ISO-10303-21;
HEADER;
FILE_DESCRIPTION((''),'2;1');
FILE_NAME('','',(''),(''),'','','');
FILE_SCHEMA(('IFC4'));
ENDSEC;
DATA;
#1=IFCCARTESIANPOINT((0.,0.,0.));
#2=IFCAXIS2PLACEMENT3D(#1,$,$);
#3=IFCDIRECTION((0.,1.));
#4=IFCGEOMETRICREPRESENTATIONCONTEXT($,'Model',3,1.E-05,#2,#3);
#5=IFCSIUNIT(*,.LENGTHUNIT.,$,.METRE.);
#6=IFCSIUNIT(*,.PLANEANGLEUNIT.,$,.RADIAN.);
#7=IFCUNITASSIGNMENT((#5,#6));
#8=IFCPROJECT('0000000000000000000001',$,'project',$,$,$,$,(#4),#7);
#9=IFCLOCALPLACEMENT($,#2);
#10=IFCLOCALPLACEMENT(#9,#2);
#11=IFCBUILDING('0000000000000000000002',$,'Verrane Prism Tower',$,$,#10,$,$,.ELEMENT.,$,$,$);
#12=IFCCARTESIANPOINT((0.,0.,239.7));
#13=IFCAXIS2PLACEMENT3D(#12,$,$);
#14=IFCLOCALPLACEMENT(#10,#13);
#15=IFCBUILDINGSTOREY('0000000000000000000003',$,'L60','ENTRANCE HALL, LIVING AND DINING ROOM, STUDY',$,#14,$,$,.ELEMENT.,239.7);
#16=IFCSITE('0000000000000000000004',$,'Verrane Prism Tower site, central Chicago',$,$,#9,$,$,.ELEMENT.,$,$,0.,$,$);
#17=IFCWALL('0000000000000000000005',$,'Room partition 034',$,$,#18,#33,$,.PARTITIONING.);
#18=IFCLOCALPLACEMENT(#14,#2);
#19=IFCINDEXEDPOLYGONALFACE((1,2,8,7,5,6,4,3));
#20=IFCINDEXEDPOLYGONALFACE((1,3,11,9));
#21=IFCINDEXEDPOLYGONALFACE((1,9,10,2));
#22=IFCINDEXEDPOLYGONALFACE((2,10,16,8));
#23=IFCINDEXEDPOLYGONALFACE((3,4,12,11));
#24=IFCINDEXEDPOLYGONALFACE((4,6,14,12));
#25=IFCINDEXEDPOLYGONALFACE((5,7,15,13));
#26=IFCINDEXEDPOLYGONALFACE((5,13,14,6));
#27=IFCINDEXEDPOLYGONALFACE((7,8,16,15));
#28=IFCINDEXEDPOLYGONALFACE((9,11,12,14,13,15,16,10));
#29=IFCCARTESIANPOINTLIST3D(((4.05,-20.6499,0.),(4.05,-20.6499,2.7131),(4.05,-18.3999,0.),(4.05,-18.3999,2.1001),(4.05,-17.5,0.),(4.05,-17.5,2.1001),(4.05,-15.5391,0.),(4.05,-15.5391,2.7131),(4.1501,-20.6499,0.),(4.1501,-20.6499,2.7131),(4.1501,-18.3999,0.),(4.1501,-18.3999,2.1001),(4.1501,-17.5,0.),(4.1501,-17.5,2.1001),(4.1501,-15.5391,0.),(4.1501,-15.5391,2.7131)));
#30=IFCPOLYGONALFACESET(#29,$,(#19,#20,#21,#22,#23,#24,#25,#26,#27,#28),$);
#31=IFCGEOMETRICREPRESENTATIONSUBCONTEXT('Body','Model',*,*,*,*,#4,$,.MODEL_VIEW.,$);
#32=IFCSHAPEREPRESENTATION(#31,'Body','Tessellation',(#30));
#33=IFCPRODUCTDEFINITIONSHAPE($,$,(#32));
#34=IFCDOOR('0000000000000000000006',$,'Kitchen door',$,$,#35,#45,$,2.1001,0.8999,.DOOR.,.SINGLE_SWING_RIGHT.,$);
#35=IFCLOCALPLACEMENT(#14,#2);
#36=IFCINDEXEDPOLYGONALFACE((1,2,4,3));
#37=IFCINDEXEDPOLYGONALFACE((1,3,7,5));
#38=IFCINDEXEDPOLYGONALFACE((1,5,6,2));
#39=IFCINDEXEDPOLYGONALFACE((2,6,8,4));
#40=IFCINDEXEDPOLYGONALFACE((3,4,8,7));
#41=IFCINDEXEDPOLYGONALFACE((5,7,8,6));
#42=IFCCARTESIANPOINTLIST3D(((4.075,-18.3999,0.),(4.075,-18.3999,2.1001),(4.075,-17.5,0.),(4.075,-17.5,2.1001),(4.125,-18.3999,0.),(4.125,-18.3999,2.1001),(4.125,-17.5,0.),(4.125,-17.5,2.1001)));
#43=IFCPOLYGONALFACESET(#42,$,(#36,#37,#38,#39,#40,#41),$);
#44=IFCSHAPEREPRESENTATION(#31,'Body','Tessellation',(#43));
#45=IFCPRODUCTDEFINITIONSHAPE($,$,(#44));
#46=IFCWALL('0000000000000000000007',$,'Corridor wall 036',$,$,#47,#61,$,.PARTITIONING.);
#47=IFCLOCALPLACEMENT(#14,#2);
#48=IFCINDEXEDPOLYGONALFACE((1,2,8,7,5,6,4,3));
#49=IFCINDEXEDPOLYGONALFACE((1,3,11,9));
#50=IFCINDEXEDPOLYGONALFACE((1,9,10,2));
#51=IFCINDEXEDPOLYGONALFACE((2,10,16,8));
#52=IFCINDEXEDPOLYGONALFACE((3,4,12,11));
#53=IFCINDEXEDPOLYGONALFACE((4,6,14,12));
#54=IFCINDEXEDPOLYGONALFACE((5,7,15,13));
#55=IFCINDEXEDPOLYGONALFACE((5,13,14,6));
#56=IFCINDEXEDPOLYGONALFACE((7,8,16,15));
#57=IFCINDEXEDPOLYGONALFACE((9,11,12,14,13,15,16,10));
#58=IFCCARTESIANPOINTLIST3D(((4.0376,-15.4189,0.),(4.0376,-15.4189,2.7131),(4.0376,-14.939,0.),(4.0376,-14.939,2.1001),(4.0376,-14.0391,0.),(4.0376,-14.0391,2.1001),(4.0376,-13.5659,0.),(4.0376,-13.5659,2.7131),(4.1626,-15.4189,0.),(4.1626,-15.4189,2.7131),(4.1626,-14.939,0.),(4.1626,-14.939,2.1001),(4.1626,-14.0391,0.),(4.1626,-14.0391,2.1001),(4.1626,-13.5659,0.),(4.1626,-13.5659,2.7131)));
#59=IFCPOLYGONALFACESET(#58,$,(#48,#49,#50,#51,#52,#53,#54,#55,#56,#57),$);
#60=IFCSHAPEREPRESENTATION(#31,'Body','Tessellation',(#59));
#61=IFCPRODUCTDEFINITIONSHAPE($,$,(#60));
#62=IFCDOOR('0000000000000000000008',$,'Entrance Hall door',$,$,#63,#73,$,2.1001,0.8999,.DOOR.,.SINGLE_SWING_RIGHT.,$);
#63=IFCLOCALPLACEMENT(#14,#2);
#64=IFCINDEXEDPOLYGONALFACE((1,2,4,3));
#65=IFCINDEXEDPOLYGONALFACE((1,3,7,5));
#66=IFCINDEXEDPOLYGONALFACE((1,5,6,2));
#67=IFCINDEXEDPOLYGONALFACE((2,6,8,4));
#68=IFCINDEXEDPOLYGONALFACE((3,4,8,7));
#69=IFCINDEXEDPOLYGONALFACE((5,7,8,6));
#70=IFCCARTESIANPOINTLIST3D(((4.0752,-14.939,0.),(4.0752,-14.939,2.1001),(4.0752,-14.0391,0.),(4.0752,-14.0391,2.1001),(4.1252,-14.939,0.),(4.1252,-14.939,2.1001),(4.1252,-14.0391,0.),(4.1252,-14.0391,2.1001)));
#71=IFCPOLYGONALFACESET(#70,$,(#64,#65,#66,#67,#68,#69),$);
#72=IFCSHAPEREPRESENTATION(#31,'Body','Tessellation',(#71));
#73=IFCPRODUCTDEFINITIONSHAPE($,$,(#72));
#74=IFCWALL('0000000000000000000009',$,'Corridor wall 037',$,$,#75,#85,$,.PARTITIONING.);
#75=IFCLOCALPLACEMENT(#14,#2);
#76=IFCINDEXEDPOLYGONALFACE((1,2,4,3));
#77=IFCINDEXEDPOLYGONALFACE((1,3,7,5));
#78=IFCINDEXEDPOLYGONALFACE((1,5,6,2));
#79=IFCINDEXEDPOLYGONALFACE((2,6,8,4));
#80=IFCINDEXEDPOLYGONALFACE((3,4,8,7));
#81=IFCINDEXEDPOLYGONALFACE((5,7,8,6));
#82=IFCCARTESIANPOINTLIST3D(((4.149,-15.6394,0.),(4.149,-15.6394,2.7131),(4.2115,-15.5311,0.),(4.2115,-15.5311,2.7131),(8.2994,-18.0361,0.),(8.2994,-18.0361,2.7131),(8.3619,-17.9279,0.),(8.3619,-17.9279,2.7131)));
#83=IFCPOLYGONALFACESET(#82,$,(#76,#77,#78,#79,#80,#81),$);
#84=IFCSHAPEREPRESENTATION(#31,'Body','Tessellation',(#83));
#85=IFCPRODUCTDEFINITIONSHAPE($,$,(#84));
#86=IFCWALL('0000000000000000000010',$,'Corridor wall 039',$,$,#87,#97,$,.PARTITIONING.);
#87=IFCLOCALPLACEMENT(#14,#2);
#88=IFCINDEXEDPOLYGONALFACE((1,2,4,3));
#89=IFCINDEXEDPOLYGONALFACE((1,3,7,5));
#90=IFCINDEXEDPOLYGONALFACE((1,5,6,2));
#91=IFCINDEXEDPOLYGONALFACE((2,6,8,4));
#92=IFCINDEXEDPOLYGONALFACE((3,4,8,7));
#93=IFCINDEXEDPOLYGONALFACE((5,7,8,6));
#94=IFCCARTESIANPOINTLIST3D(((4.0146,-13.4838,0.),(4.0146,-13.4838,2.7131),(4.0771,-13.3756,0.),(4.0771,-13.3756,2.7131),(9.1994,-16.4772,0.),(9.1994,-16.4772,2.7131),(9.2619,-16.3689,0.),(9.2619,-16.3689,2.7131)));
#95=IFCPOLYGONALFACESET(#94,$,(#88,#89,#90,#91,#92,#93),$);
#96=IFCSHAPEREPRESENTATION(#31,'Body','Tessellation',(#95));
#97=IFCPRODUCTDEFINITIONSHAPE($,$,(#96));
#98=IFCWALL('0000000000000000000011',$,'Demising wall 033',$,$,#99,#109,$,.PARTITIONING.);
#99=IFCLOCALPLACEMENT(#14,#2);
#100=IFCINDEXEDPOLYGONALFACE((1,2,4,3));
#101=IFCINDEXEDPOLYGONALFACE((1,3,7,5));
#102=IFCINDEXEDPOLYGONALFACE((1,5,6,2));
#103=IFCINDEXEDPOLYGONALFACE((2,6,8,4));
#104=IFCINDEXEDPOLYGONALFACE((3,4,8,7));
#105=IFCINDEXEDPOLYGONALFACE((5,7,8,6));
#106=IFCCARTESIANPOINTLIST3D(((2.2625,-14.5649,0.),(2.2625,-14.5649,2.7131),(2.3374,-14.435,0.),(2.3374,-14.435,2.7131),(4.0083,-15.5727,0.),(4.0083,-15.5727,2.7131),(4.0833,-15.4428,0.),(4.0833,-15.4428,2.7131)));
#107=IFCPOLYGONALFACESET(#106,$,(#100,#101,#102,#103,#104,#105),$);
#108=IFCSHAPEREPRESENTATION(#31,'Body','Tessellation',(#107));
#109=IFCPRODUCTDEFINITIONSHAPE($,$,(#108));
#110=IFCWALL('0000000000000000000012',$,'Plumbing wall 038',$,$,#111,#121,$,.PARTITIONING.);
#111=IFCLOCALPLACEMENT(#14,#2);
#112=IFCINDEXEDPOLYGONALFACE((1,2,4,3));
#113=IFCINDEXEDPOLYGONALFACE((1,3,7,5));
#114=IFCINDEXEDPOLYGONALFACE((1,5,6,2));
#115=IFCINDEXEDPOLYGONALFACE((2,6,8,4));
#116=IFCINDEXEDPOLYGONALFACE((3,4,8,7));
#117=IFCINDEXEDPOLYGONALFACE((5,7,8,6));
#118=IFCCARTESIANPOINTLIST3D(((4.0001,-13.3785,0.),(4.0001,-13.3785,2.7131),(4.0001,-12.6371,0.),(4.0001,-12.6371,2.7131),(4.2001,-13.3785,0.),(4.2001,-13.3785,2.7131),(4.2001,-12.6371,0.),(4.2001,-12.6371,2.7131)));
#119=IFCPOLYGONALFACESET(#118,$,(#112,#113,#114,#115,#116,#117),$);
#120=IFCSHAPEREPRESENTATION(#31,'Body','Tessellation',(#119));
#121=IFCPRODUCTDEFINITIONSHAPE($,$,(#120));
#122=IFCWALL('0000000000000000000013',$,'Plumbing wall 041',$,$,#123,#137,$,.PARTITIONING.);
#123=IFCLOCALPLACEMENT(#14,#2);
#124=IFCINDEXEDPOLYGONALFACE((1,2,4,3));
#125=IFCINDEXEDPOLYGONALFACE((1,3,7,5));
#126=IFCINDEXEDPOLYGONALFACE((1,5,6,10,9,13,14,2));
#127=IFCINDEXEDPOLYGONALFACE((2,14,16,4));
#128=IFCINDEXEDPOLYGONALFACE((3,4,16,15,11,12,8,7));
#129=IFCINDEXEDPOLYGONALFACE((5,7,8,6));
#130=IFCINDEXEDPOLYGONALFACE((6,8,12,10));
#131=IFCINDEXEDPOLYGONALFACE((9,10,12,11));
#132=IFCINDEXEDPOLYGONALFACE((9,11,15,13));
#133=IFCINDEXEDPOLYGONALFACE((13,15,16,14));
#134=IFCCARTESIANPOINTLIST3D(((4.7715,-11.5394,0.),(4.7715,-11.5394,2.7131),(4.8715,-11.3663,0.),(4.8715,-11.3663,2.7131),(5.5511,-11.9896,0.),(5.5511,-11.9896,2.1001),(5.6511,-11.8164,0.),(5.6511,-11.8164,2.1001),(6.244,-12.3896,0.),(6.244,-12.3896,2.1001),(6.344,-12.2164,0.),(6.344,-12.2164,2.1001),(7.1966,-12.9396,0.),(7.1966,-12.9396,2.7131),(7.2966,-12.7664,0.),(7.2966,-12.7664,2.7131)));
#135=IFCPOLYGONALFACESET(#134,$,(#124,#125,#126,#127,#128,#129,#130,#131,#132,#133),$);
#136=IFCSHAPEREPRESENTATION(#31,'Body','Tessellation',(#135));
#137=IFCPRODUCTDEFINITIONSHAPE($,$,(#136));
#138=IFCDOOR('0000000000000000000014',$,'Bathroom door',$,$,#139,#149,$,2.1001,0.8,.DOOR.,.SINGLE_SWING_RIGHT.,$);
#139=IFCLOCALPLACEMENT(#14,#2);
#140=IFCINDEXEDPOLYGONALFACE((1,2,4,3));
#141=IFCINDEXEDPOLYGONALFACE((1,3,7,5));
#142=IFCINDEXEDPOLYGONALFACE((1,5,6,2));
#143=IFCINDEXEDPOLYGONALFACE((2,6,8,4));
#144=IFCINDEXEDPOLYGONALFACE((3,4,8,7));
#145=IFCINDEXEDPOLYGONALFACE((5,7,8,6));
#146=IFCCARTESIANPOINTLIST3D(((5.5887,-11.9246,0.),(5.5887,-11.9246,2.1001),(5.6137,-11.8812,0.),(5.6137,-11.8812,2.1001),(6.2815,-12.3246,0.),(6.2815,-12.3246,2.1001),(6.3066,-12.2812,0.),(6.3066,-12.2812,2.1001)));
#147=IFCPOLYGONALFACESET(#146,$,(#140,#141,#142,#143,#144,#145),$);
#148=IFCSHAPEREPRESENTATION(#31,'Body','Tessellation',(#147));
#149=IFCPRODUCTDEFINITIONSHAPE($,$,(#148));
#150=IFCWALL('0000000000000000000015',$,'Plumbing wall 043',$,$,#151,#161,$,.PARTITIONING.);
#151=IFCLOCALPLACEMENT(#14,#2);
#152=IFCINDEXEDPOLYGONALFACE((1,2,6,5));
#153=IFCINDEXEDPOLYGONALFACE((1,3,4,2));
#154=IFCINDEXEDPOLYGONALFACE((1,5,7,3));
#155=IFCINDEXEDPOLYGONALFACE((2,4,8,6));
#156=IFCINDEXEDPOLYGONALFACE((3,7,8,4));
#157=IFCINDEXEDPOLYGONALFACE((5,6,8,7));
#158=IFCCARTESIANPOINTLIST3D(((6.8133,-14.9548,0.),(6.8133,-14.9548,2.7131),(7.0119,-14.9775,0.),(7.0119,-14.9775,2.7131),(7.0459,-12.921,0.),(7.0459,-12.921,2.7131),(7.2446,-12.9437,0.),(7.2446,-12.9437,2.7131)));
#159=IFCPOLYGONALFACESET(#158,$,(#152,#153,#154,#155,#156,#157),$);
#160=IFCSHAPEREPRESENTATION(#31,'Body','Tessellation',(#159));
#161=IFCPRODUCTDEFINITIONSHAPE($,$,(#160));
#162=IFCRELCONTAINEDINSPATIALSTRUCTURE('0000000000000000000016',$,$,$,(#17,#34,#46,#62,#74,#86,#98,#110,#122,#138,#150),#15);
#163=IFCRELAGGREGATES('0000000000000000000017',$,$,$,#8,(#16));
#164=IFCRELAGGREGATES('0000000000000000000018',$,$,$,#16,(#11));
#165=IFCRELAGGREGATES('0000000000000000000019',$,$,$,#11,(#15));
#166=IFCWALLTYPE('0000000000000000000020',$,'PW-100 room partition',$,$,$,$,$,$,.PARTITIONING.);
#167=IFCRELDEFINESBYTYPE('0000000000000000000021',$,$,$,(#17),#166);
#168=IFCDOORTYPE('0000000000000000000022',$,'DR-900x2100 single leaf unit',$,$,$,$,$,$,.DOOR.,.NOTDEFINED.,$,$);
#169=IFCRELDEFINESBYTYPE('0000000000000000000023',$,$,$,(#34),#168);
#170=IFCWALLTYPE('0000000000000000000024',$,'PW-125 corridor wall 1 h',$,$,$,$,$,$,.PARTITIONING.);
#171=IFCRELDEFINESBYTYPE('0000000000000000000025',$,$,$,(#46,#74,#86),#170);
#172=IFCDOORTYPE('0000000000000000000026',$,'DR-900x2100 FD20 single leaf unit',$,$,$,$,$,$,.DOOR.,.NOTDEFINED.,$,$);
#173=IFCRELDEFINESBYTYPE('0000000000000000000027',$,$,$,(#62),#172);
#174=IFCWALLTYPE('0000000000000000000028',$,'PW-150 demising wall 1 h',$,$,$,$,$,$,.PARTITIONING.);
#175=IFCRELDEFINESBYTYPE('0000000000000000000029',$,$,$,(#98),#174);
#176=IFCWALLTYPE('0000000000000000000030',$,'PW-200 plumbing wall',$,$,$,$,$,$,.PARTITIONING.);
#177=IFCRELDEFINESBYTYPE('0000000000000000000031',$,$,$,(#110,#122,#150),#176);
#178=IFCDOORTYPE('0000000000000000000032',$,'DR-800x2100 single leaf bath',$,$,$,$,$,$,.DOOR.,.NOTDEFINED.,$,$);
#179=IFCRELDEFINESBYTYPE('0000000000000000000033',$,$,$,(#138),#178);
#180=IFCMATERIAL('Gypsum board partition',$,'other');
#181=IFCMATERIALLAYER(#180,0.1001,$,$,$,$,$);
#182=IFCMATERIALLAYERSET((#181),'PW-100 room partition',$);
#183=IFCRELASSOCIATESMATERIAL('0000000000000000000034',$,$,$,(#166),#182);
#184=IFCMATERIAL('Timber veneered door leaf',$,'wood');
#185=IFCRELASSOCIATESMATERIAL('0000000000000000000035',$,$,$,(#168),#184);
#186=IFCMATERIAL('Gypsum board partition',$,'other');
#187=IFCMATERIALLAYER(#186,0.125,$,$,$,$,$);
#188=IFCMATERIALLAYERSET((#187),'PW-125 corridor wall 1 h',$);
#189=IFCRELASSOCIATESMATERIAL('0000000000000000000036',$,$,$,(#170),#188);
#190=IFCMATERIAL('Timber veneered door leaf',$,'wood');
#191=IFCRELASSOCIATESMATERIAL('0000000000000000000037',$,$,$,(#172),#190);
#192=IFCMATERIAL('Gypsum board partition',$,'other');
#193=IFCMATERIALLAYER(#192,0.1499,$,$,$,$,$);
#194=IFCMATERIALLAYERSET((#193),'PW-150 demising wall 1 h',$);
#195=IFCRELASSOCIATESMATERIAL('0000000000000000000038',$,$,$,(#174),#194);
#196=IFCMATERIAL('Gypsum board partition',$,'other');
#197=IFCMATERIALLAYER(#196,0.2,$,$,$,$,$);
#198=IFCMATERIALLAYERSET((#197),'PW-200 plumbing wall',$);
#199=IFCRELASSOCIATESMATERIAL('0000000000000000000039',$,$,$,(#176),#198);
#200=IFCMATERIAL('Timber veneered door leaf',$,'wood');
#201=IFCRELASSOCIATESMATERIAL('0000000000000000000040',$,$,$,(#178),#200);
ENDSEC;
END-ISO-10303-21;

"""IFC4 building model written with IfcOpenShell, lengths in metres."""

from ifc_helpers import new_model, si_unit, direction, frame, frame_2d, origin, place, context, subcontext, project, spatial, rectangle, extrude, material, layer, layer_set, type_object, element, fill, save


model = new_model("IFC4")

# Units and contexts
model_context = context("Model", 3, precision=1e-05, world=origin(), true_north=direction((0.0, 1.0)))
body_context = subcontext(model_context, "Body", "Model", "MODEL_VIEW")
ifc_project = project(units=[si_unit("LENGTHUNIT", "METRE"), si_unit("PLANEANGLEUNIT", "RADIAN")], contexts=[model_context])

# Site, building, storey
site_placement = place(None, origin())
site = spatial("IfcSite", under=ifc_project, at=site_placement, Name="Verrane Prism Tower site, central Chicago", CompositionType="ELEMENT", RefElevation=0.0)
building_placement = place(site_placement, origin())
building = spatial("IfcBuilding", under=site, at=building_placement, Name="Verrane Prism Tower", CompositionType="ELEMENT")
storey_placement = place(building_placement, frame((0.0, 0.0, 239.7)))
storey = spatial("IfcBuildingStorey", under=building, at=storey_placement, Name="L60", Description="ENTRANCE HALL, LIVING AND DINING ROOM, STUDY", CompositionType="ELEMENT", Elevation=239.7)

# Walls, openings, doors
ifc_material_1 = material(Name="Gypsum board partition", Category="other")
ifc_layer_1 = layer(ifc_material_1, 0.1001)
ifc_layer_set_1 = layer_set([ifc_layer_1], Name="PW-100 room partition")
wall_type_1 = type_object("IfcWallType", Name="PW-100 room partition", PredefinedType="PARTITIONING", material=ifc_layer_set_1)
wall_1_placement = place(storey_placement, frame((4.1001, -15.5391, 0.0), z_axis=(0.0, 0.0, 1.0), x_axis=(0.0, -1.0, 0.0)))
wall_1 = element("IfcWall", 1, at=wall_1_placement, inside=storey, type_object=wall_type_1, Name="Room partition 034", PredefinedType="PARTITIONING", context=body_context, shape_type="SweptSolid", body=[
    extrude(rectangle(XDim=5.1108, YDim=0.1001, at=frame_2d((2.5554, 0.0))), origin(), (0.0, 0.0, 1.0), 2.7131),
])
opening_1_placement = place(wall_1_placement, frame((1.9609, 0.0, 0.0)))
opening_1 = element("IfcOpeningElement", 2, at=opening_1_placement, cuts=wall_1, PredefinedType="OPENING", context=body_context, shape_type="SweptSolid", body=[
    extrude(rectangle(XDim=0.8999, YDim=2.1001, at=frame_2d((0.45, 1.05))), frame((0.0, 0.0601, 0.0), z_axis=(0.0, -1.0, 0.0), x_axis=(1.0, 0.0, 0.0)), (0.0, 0.0, 1.0), 0.1201),
])
ifc_material_2 = material(Name="Timber veneered door leaf", Category="wood")
door_type_1 = type_object("IfcDoorType", Name="DR-900x2100 single leaf unit", OperationType="NOTDEFINED", PredefinedType="DOOR", material=ifc_material_2)
door_1_placement = place(opening_1_placement, origin())
door_1 = element("IfcDoor", 3, at=door_1_placement, inside=storey, type_object=door_type_1, Name="Kitchen door", OperationType="SINGLE_SWING_RIGHT", OverallHeight=2.1001, OverallWidth=0.8999, PredefinedType="DOOR", context=body_context, shape_type="SweptSolid", body=[
    extrude(rectangle(XDim=0.8999, YDim=2.1001, at=frame_2d((0.45, 1.05))), frame((0.0, 0.0249, 0.0), z_axis=(0.0, -1.0, 0.0), x_axis=(1.0, 0.0, 0.0)), (0.0, 0.0, 1.0), 0.05),
])
fill(opening_1, door_1)
ifc_material_3 = material(Name="Gypsum board partition", Category="other")
ifc_layer_2 = layer(ifc_material_3, 0.125)
ifc_layer_set_2 = layer_set([ifc_layer_2], Name="PW-125 corridor wall 1 h")
wall_type_2 = type_object("IfcWallType", Name="PW-125 corridor wall 1 h", PredefinedType="PARTITIONING", material=ifc_layer_set_2)
wall_2_placement = place(storey_placement, frame((4.1001, -15.4189, 0.0), z_axis=(0.0, 0.0, 1.0), x_axis=(0.0, 1.0, 0.0)))
wall_2 = element("IfcWall", 4, at=wall_2_placement, inside=storey, type_object=wall_type_2, Name="Corridor wall 036", PredefinedType="PARTITIONING", context=body_context, shape_type="SweptSolid", body=[
    extrude(rectangle(XDim=1.853, YDim=0.125, at=frame_2d((0.9265, 0.0))), origin(), (0.0, 0.0, 1.0), 2.7131),
])
opening_2_placement = place(wall_2_placement, frame((0.48, 0.0, 0.0)))
opening_2 = element("IfcOpeningElement", 5, at=opening_2_placement, cuts=wall_2, PredefinedType="OPENING", context=body_context, shape_type="SweptSolid", body=[
    extrude(rectangle(XDim=0.8999, YDim=2.1001, at=frame_2d((0.45, 1.05))), frame((0.0, 0.0725, 0.0), z_axis=(0.0, -1.0, 0.0), x_axis=(1.0, 0.0, 0.0)), (0.0, 0.0, 1.0), 0.145),
])
ifc_material_4 = material(Name="Timber veneered door leaf", Category="wood")
door_type_2 = type_object("IfcDoorType", Name="DR-900x2100 FD20 single leaf unit", OperationType="NOTDEFINED", PredefinedType="DOOR", material=ifc_material_4)
door_2_placement = place(opening_2_placement, origin())
door_2 = element("IfcDoor", 6, at=door_2_placement, inside=storey, type_object=door_type_2, Name="Entrance Hall door", OperationType="SINGLE_SWING_RIGHT", OverallHeight=2.1001, OverallWidth=0.8999, PredefinedType="DOOR", context=body_context, shape_type="SweptSolid", body=[
    extrude(rectangle(XDim=0.8999, YDim=2.1001, at=frame_2d((0.45, 1.05))), frame((0.0, 0.0249, 0.0), z_axis=(0.0, -1.0, 0.0), x_axis=(1.0, 0.0, 0.0)), (0.0, 0.0, 1.0), 0.05),
])
fill(opening_2, door_2)

# Walls
wall_3_placement = place(storey_placement, frame((4.1802, -15.5852, 0.0), z_axis=(0.0, 0.0, 1.0), x_axis=(0.86598, -0.500078, 0.0)))
element("IfcWall", 7, at=wall_3_placement, inside=storey, type_object=wall_type_2, Name="Corridor wall 037", PredefinedType="PARTITIONING", context=body_context, shape_type="SweptSolid", body=[
    extrude(rectangle(XDim=4.7927, YDim=0.125, at=frame_2d((2.3965, 0.0))), origin(), (0.0, 0.0, 1.0), 2.7131),
])
wall_4_placement = place(storey_placement, frame((4.0459, -13.4297, 0.0), z_axis=(0.0, 0.0, 1.0), x_axis=(0.866029, -0.499994, 0.0)))
element("IfcWall", 8, at=wall_4_placement, inside=storey, type_object=wall_type_2, Name="Corridor wall 039", PredefinedType="PARTITIONING", context=body_context, shape_type="SweptSolid", body=[
    extrude(rectangle(XDim=5.9868, YDim=0.125, at=frame_2d((2.9934, 0.0))), origin(), (0.0, 0.0, 1.0), 2.7131),
])
ifc_material_5 = material(Name="Gypsum board partition", Category="other")
ifc_layer_3 = layer(ifc_material_5, 0.1499)
ifc_layer_set_3 = layer_set([ifc_layer_3], Name="PW-150 demising wall 1 h")
wall_type_3 = type_object("IfcWallType", Name="PW-150 demising wall 1 h", PredefinedType="PARTITIONING", material=ifc_layer_set_3)
wall_5_placement = place(storey_placement, frame((2.3, -14.5, 0.0), z_axis=(0.0, 0.0, 1.0), x_axis=(0.866059, -0.499943, 0.0)))
element("IfcWall", 9, at=wall_5_placement, inside=storey, type_object=wall_type_3, Name="Demising wall 033", PredefinedType="PARTITIONING", context=body_context, shape_type="SweptSolid", body=[
    extrude(rectangle(XDim=2.0159, YDim=0.1499, at=frame_2d((1.0078, 0.0))), origin(), (0.0, 0.0, 1.0), 2.7131),
])
ifc_material_6 = material(Name="Gypsum board partition", Category="other")
ifc_layer_4 = layer(ifc_material_6, 0.2)
ifc_layer_set_4 = layer_set([ifc_layer_4], Name="PW-200 plumbing wall")
wall_type_4 = type_object("IfcWallType", Name="PW-200 plumbing wall", PredefinedType="PARTITIONING", material=ifc_layer_set_4)
wall_6_placement = place(storey_placement, frame((4.1001, -13.3784, 0.0), z_axis=(0.0, 0.0, 1.0), x_axis=(0.0, 1.0, 0.0)))
element("IfcWall", 10, at=wall_6_placement, inside=storey, type_object=wall_type_4, Name="Plumbing wall 038", PredefinedType="PARTITIONING", context=body_context, shape_type="SweptSolid", body=[
    extrude(rectangle(XDim=0.7415, YDim=0.2, at=frame_2d((0.3706, 0.0))), origin(), (0.0, 0.0, 1.0), 2.7131),
])

# Wall, opening, door
wall_7_placement = place(storey_placement, frame((7.2466, -12.853, 0.0), z_axis=(0.0, 0.0, 1.0), x_axis=(-0.866019, 0.500012, 0.0)))
wall_7 = element("IfcWall", 11, at=wall_7_placement, inside=storey, type_object=wall_type_4, Name="Plumbing wall 041", PredefinedType="PARTITIONING", context=body_context, shape_type="SweptSolid", body=[
    extrude(rectangle(XDim=2.8003, YDim=0.2, at=frame_2d((1.4001, 0.0))), origin(), (0.0, 0.0, 1.0), 2.7131),
])
opening_3_placement = place(wall_7_placement, frame((1.1001, 0.0, 0.0)))
opening_3 = element("IfcOpeningElement", 12, at=opening_3_placement, cuts=wall_7, PredefinedType="OPENING", context=body_context, shape_type="SweptSolid", body=[
    extrude(rectangle(XDim=0.8, YDim=2.1001, at=frame_2d((0.3999, 1.05))), frame((0.0, 0.1099, 0.0), z_axis=(0.0, -1.0, 0.0), x_axis=(1.0, 0.0, 0.0)), (0.0, 0.0, 1.0), 0.22),
])
ifc_material_7 = material(Name="Timber veneered door leaf", Category="wood")
door_type_3 = type_object("IfcDoorType", Name="DR-800x2100 single leaf bath", OperationType="NOTDEFINED", PredefinedType="DOOR", material=ifc_material_7)
door_3_placement = place(opening_3_placement, origin())
door_3 = element("IfcDoor", 13, at=door_3_placement, inside=storey, type_object=door_type_3, Name="Bathroom door", OperationType="SINGLE_SWING_RIGHT", OverallHeight=2.1001, OverallWidth=0.8, PredefinedType="DOOR", context=body_context, shape_type="SweptSolid", body=[
    extrude(rectangle(XDim=0.8, YDim=2.1001, at=frame_2d((0.3999, 1.05))), frame((0.0, 0.0249, 0.0), z_axis=(0.0, -1.0, 0.0), x_axis=(1.0, 0.0, 0.0)), (0.0, 0.0, 1.0), 0.05),
])
fill(opening_3, door_3)

# Wall
wall_8_placement = place(storey_placement, frame((6.9126, -14.9661, 0.0), z_axis=(0.0, 0.0, 1.0), x_axis=(0.113651, 0.993521, 0.0)))
element("IfcWall", 14, at=wall_8_placement, inside=storey, type_object=wall_type_4, Name="Plumbing wall 043", PredefinedType="PARTITIONING", context=body_context, shape_type="SweptSolid", body=[
    extrude(rectangle(XDim=2.0471, YDim=0.2, at=frame_2d((1.0234, 0.0))), origin(), (0.0, 0.0, 1.0), 2.7131),
])

save(model, "model.ifc")
